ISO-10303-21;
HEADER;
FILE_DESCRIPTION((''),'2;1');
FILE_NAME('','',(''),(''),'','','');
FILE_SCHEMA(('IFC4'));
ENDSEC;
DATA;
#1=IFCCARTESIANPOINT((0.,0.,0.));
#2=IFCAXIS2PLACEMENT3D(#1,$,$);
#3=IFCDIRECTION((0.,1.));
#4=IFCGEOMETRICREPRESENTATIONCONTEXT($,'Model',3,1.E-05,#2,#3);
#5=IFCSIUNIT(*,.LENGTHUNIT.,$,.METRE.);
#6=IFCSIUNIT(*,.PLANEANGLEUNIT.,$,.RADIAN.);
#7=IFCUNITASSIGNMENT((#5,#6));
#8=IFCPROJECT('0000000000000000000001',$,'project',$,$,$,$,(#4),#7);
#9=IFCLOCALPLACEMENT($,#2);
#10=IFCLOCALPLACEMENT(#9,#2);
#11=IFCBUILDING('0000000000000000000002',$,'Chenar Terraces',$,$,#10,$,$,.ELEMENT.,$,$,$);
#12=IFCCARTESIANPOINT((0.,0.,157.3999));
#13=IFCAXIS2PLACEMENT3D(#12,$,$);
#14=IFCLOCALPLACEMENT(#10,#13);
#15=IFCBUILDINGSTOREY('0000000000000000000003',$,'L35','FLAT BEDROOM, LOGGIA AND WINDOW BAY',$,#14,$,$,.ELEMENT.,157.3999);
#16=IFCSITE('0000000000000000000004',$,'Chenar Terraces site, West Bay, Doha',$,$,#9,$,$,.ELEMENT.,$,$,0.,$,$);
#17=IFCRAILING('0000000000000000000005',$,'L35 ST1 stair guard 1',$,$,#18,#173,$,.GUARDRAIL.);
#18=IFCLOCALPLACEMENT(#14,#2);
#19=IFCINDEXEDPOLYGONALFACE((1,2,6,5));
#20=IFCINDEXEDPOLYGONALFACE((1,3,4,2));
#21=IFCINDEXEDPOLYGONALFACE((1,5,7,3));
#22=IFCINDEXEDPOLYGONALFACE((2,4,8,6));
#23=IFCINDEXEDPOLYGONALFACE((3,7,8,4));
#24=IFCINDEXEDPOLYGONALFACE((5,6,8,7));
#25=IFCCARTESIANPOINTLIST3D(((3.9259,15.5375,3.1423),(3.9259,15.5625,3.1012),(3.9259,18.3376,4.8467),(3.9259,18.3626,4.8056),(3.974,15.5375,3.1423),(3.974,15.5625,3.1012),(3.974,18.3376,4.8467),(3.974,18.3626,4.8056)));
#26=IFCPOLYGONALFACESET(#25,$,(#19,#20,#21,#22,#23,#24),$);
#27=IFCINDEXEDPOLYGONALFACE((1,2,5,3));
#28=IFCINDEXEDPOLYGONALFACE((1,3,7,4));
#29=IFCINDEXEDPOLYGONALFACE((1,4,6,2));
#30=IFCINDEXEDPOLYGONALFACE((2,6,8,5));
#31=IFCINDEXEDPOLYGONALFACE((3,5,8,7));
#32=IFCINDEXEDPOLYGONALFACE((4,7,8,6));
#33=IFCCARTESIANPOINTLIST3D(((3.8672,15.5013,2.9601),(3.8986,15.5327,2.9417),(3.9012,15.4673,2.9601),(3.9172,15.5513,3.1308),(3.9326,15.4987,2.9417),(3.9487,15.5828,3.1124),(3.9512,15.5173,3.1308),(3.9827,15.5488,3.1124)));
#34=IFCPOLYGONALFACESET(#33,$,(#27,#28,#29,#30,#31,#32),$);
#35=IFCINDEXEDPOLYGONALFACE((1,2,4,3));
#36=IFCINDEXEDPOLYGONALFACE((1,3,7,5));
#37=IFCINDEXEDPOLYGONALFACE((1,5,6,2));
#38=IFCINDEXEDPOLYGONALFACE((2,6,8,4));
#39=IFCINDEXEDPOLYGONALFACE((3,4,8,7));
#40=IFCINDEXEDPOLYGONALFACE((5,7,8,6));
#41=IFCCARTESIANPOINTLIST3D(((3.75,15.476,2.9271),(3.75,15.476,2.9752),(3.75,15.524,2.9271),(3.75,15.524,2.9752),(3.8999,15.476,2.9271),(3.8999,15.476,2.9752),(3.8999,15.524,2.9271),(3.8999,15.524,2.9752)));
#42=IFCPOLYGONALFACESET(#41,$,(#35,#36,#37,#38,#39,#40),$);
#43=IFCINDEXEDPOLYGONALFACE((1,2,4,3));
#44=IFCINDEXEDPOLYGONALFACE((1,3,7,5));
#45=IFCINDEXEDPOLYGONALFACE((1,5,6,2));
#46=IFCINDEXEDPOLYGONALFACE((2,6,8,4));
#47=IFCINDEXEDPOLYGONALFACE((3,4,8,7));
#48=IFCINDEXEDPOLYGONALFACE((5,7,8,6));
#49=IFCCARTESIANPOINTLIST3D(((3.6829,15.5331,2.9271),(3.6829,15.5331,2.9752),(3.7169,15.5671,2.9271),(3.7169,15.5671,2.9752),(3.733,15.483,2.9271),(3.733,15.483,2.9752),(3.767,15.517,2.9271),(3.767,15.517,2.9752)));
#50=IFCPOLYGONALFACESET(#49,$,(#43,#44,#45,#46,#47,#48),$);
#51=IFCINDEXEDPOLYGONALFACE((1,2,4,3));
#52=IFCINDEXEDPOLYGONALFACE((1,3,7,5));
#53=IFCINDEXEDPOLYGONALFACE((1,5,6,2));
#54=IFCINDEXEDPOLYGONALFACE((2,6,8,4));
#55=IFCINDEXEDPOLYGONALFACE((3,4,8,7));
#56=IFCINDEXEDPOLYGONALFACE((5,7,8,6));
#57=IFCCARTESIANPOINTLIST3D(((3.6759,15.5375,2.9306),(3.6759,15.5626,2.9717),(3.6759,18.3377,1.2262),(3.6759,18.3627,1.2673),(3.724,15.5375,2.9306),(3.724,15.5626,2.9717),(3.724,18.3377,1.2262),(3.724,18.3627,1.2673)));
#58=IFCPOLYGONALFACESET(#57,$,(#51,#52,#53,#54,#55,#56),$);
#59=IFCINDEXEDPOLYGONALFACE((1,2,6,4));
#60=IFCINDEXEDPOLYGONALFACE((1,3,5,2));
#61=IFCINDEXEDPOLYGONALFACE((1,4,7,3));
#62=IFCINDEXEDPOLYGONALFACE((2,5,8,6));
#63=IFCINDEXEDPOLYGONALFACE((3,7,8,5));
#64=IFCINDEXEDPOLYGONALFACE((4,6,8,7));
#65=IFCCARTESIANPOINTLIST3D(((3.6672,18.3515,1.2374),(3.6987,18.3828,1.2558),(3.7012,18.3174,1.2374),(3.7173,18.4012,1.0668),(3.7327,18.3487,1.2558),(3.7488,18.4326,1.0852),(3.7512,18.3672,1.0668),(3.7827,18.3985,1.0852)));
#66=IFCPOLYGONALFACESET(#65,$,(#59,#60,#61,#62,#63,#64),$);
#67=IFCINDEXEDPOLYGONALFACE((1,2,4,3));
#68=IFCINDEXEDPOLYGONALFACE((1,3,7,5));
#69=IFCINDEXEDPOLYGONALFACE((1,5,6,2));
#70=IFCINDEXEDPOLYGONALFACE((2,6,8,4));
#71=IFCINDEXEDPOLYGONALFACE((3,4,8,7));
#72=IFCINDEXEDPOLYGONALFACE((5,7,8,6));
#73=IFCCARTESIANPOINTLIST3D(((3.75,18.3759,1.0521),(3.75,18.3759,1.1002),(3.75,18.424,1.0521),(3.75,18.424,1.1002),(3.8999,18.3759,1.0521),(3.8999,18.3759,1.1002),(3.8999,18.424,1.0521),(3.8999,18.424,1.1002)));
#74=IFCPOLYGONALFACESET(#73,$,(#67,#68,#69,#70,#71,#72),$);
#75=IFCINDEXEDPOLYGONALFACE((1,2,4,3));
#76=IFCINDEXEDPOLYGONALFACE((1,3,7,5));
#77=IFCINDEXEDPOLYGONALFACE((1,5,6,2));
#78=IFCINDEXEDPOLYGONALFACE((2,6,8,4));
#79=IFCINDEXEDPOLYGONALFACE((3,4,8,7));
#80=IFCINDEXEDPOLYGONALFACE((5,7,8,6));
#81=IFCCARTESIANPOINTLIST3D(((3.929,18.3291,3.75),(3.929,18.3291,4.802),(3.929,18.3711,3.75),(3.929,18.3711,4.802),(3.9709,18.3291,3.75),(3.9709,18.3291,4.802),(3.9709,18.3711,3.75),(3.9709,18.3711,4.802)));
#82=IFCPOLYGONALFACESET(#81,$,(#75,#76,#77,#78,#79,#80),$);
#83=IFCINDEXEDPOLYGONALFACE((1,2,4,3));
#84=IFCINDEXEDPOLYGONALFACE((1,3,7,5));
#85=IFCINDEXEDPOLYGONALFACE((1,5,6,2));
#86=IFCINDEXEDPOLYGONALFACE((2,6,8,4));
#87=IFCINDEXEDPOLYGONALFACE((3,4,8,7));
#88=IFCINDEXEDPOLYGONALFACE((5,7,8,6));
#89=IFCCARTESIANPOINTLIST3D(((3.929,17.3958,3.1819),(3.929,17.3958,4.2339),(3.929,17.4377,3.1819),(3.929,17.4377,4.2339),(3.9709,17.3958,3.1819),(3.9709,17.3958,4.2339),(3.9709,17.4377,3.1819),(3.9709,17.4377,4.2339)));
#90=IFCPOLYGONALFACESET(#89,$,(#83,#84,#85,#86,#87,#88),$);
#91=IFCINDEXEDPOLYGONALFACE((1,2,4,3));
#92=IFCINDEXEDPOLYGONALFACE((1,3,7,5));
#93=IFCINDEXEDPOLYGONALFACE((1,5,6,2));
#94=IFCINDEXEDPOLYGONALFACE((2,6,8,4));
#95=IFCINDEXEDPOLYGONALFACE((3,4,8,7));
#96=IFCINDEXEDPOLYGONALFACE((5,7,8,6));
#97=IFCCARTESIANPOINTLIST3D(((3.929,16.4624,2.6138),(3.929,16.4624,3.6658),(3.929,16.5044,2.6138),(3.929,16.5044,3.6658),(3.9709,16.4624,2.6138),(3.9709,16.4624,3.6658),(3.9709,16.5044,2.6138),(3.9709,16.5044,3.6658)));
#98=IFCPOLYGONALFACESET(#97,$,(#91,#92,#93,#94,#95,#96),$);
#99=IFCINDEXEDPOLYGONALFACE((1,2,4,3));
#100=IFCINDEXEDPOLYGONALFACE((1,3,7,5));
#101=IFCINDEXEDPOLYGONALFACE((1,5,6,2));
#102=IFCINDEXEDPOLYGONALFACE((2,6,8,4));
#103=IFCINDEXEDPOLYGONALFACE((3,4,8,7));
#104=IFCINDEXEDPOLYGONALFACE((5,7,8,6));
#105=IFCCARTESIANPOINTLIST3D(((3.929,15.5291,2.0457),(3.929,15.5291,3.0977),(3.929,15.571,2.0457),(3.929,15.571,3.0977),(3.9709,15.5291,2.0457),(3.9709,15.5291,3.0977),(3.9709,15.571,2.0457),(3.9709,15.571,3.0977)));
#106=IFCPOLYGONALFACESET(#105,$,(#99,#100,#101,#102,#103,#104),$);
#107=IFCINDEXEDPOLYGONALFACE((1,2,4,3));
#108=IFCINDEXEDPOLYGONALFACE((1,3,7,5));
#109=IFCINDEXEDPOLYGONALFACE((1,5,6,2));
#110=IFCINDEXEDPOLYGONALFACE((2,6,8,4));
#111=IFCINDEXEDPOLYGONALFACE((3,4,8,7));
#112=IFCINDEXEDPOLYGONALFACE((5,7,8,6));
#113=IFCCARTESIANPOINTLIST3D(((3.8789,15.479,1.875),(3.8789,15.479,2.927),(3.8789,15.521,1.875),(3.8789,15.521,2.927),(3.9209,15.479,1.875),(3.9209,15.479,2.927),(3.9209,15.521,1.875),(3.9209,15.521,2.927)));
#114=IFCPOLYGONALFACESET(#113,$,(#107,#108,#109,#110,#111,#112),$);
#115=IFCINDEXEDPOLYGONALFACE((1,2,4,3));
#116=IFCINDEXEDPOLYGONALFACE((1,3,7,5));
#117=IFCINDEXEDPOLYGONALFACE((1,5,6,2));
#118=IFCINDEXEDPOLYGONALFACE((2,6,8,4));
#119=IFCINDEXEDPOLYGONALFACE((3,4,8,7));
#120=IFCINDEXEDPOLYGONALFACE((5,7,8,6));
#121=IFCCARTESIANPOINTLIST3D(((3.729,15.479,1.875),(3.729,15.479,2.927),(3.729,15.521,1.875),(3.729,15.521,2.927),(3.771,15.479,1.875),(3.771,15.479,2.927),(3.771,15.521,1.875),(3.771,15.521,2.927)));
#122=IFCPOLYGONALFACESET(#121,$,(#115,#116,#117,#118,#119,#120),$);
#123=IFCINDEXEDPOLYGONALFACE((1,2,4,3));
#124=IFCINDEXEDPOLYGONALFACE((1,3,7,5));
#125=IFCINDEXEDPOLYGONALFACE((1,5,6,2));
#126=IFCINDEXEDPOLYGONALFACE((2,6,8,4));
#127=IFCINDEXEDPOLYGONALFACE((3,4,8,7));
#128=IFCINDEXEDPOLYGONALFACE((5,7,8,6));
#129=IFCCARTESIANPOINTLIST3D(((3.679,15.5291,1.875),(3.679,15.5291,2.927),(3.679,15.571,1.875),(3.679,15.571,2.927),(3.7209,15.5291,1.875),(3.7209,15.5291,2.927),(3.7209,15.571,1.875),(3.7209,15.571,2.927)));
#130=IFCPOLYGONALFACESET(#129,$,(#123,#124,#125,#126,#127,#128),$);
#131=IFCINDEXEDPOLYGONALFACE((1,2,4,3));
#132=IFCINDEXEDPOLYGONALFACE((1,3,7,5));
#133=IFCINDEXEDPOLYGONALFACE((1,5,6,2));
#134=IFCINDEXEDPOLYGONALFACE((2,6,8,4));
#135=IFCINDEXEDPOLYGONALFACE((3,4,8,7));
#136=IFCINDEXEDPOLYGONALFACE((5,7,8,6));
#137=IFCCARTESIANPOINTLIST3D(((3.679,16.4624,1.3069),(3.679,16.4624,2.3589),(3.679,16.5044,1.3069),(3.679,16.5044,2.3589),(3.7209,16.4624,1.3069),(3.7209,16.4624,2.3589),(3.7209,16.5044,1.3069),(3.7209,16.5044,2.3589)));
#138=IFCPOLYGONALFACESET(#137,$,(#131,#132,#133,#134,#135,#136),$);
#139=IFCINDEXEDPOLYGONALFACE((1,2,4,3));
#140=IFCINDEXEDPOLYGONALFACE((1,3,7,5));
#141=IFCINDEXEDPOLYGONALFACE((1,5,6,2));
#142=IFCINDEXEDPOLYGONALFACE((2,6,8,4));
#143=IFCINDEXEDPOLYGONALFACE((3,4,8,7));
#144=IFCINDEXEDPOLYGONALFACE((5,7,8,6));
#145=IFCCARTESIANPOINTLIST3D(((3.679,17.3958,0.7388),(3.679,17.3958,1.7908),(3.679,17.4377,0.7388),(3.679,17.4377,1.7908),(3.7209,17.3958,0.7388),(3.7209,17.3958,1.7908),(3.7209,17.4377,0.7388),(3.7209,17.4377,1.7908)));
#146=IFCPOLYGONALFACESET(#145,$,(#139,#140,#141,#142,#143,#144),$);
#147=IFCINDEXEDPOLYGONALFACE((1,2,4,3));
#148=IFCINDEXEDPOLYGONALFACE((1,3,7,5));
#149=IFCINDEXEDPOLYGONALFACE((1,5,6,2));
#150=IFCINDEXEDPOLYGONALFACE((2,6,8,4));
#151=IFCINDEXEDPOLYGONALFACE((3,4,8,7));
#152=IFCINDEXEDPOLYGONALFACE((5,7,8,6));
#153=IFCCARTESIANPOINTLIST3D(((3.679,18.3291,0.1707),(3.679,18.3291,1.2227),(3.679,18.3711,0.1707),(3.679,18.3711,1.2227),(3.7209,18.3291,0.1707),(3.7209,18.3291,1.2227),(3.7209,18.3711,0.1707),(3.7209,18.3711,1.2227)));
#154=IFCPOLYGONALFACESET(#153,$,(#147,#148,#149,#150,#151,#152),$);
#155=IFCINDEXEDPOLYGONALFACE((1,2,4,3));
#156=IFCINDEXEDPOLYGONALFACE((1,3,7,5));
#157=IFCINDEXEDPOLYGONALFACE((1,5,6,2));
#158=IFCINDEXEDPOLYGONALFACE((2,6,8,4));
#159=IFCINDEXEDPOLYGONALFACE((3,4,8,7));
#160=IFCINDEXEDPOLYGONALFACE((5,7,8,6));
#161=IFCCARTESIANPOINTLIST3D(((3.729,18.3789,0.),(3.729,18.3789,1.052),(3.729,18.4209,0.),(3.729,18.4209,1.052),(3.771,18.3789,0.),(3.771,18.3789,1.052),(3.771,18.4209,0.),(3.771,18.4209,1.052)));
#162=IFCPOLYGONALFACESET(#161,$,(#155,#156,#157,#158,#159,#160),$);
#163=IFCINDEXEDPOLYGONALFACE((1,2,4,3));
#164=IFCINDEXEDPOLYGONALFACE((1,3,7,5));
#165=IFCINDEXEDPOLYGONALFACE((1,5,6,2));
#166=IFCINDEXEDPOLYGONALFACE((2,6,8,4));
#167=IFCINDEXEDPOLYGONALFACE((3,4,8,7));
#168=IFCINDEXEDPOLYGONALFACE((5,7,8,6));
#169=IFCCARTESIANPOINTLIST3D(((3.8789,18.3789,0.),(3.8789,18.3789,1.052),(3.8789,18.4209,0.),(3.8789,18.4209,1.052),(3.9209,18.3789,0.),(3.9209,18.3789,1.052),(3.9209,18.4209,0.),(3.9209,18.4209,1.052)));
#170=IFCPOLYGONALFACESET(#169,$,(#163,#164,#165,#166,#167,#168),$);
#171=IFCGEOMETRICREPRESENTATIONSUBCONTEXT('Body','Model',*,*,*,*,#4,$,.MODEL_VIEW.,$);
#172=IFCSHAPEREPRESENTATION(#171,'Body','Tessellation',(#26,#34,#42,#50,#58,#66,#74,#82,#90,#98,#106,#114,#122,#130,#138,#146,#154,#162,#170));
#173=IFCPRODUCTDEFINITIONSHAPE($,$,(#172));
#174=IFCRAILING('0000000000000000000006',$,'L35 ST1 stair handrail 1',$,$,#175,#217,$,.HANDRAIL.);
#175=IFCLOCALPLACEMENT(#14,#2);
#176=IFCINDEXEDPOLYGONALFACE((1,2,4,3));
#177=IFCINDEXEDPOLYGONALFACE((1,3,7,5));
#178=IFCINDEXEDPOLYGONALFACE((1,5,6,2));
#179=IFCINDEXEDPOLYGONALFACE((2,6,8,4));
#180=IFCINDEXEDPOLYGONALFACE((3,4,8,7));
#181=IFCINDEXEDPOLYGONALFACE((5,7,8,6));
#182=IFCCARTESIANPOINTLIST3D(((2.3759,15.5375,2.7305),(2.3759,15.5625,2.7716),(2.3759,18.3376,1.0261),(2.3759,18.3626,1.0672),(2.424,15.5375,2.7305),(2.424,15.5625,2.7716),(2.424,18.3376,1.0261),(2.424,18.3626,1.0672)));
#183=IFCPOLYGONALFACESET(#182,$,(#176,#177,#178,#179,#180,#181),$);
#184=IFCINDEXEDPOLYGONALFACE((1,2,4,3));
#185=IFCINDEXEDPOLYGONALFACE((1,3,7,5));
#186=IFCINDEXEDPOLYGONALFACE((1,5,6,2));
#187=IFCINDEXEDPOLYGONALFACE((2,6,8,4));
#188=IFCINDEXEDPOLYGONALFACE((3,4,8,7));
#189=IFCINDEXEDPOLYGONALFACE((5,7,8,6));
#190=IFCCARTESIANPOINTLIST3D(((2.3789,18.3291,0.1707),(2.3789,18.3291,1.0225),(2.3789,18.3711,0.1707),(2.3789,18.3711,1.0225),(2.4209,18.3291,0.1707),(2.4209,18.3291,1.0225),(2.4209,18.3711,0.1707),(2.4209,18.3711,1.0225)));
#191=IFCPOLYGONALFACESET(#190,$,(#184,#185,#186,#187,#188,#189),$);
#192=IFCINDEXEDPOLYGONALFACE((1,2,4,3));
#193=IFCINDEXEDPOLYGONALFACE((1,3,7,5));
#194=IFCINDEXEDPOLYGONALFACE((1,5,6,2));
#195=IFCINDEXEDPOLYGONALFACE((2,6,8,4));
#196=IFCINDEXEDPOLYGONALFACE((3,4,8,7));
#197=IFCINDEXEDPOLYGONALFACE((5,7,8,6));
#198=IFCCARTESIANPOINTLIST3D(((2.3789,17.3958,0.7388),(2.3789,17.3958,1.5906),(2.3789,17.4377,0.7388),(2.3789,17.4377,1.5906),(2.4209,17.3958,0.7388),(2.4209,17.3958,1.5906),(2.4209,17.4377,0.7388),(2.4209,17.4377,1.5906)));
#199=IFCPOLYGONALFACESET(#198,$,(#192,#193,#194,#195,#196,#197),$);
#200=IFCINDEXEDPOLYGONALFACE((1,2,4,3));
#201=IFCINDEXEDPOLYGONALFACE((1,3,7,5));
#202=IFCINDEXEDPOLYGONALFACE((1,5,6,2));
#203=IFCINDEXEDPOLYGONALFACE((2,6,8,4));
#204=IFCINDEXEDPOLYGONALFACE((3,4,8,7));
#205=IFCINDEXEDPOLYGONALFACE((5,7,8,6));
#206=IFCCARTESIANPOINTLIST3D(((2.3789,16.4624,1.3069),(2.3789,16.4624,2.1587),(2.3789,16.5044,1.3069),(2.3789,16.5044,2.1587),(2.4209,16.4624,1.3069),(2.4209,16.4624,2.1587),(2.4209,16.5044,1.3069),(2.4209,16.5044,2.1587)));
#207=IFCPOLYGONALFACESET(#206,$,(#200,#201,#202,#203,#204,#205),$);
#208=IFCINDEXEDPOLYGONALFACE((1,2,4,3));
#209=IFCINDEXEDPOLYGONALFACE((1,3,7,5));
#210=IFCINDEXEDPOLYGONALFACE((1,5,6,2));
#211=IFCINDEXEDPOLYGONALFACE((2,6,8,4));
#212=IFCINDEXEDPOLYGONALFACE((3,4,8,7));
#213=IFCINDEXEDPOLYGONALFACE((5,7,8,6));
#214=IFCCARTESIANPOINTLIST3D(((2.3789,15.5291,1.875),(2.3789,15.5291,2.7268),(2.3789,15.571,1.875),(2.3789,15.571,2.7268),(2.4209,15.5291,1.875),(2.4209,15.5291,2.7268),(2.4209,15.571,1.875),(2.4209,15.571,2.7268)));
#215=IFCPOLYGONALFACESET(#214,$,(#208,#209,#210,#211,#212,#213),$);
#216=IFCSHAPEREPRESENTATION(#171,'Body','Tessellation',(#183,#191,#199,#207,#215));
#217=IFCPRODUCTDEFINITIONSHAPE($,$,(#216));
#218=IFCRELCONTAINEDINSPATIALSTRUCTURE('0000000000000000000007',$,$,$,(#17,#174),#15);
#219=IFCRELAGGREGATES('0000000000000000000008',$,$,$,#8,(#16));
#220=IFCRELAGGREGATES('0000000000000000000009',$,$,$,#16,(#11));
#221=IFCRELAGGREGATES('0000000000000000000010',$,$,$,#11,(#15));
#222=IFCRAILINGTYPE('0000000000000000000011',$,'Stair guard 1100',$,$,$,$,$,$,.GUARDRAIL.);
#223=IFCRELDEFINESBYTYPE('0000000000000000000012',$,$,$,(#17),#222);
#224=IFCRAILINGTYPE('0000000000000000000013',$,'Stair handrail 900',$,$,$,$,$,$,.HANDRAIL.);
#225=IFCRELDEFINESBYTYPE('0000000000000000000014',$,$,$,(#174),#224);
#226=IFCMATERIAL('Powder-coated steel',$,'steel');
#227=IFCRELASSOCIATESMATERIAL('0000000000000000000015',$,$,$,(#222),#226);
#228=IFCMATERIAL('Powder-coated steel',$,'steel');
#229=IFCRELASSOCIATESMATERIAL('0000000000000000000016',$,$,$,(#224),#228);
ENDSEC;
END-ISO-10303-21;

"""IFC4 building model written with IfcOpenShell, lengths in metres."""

from ifc_helpers import new_model, si_unit, direction, frame, origin, origin_2d, place, context, subcontext, project, spatial, rectangle, extrude, material, type_object, element, save


model = new_model("IFC4")

# Units and contexts
model_context = context("Model", 3, precision=1e-05, world=origin(), true_north=direction((0.0, 1.0)))
body_context = subcontext(model_context, "Body", "Model", "MODEL_VIEW")
ifc_project = project(units=[si_unit("LENGTHUNIT", "METRE"), si_unit("PLANEANGLEUNIT", "RADIAN")], contexts=[model_context])

# Site, building, storey
site_placement = place(None, origin())
site = spatial("IfcSite", under=ifc_project, at=site_placement, Name="Chenar Terraces site, West Bay, Doha", CompositionType="ELEMENT", RefElevation=0.0)
building_placement = place(site_placement, origin())
building = spatial("IfcBuilding", under=site, at=building_placement, Name="Chenar Terraces", CompositionType="ELEMENT")
storey_placement = place(building_placement, frame((0.0, 0.0, 157.3999)))
storey = spatial("IfcBuildingStorey", under=building, at=storey_placement, Name="L35", Description="FLAT BEDROOM, LOGGIA AND WINDOW BAY", CompositionType="ELEMENT", Elevation=157.3999)

# Railings
ifc_material_1 = material(Name="Powder-coated steel", Category="steel")
railing_type_1 = type_object("IfcRailingType", Name="Stair guard 1100", PredefinedType="GUARDRAIL", material=ifc_material_1)
railing_1_placement = place(storey_placement, frame((3.95, 18.3501, 3.75)))
element("IfcRailing", 1, at=railing_1_placement, inside=storey, type_object=railing_type_1, Name="L35 ST1 stair guard 1", PredefinedType="GUARDRAIL", context=body_context, shape_type="SweptSolid", body=[
    extrude(rectangle(XDim=0.0481, YDim=0.0481, at=origin_2d()), frame((0.0, 0.0, 1.0762), z_axis=(0.0, -0.854203, -0.51994), x_axis=(1.0, 0.0, 0.0)), (0.0, 0.0, 1.0), 3.2781),
    extrude(rectangle(XDim=0.0481, YDim=0.0481, at=origin_2d()), frame((0.0, -2.8, -0.6284), z_axis=(-0.2709, -0.2709, -0.923703), x_axis=(0.707107, -0.707107, 0.0)), (0.0, 0.0, 1.0), 0.1848),
    extrude(rectangle(XDim=0.0481, YDim=0.0481, at=origin_2d()), frame((-0.05, -2.8501, -0.7988), z_axis=(-1.0, 0.0, 0.0), x_axis=(0.0, -1.0, 0.0)), (0.0, 0.0, 1.0), 0.1499),
    extrude(rectangle(XDim=0.0481, YDim=0.0481, at=origin_2d()), frame((-0.2, -2.8501, -0.7988), z_axis=(-0.707107, 0.707107, 0.0), x_axis=(-0.707107, -0.707107, 0.0)), (0.0, 0.0, 1.0), 0.0708),
    extrude(rectangle(XDim=0.0481, YDim=0.0481, at=origin_2d()), frame((-0.25, -2.8, -0.7988), z_axis=(0.0, 0.854203, -0.51994), x_axis=(-1.0, 0.0, 0.0)), (0.0, 0.0, 1.0), 3.2781),
    extrude(rectangle(XDim=0.0481, YDim=0.0481, at=origin_2d()), frame((-0.25, 0.0, -2.5034), z_axis=(0.270997, 0.269675, -0.924033), x_axis=(-0.705376, 0.708834, 0.0)), (0.0, 0.0, 1.0), 0.1846),
    extrude(rectangle(XDim=0.0481, YDim=0.0481, at=origin_2d()), frame((-0.2, 0.0498, -2.6738), z_axis=(1.0, 0.0, 0.0), x_axis=(0.0, 1.0, 0.0)), (0.0, 0.0, 1.0), 0.1499),
    extrude(rectangle(XDim=0.042, YDim=0.042, at=origin_2d()), origin(), (0.0, 0.0, 1.0), 1.052),
    extrude(rectangle(XDim=0.042, YDim=0.042, at=origin_2d()), frame((0.0, -0.9333, -0.5681)), (0.0, 0.0, 1.0), 1.052),
    extrude(rectangle(XDim=0.042, YDim=0.042, at=origin_2d()), frame((0.0, -1.8667, -1.1362)), (0.0, 0.0, 1.0), 1.052),
    extrude(rectangle(XDim=0.042, YDim=0.042, at=origin_2d()), frame((0.0, -2.8, -1.7043)), (0.0, 0.0, 1.0), 1.052),
    extrude(rectangle(XDim=0.042, YDim=0.042, at=origin_2d()), frame((-0.05, -2.8501, -1.875)), (0.0, 0.0, 1.0), 1.052),
    extrude(rectangle(XDim=0.042, YDim=0.042, at=origin_2d()), frame((-0.2, -2.8501, -1.875)), (0.0, 0.0, 1.0), 1.052),
    extrude(rectangle(XDim=0.042, YDim=0.042, at=origin_2d()), frame((-0.25, -2.8, -1.875)), (0.0, 0.0, 1.0), 1.052),
    extrude(rectangle(XDim=0.042, YDim=0.042, at=origin_2d()), frame((-0.25, -1.8667, -2.4431)), (0.0, 0.0, 1.0), 1.052),
    extrude(rectangle(XDim=0.042, YDim=0.042, at=origin_2d()), frame((-0.25, -0.9333, -3.0112)), (0.0, 0.0, 1.0), 1.052),
    extrude(rectangle(XDim=0.042, YDim=0.042, at=origin_2d()), frame((-0.25, 0.0, -3.5793)), (0.0, 0.0, 1.0), 1.052),
    extrude(rectangle(XDim=0.042, YDim=0.042, at=origin_2d()), frame((-0.2, 0.0498, -3.75)), (0.0, 0.0, 1.0), 1.052),
    extrude(rectangle(XDim=0.042, YDim=0.042, at=origin_2d()), frame((-0.05, 0.0498, -3.75)), (0.0, 0.0, 1.0), 1.052),
])
ifc_material_2 = material(Name="Powder-coated steel", Category="steel")
railing_type_2 = type_object("IfcRailingType", Name="Stair handrail 900", PredefinedType="HANDRAIL", material=ifc_material_2)
railing_2_placement = place(storey_placement, frame((2.3999, 18.3501, 0.1707)))
element("IfcRailing", 2, at=railing_2_placement, inside=storey, type_object=railing_type_2, Name="L35 ST1 stair handrail 1", PredefinedType="HANDRAIL", context=body_context, shape_type="SweptSolid", body=[
    extrude(rectangle(XDim=0.0481, YDim=0.0481, at=origin_2d()), frame((0.0, 0.0, 0.876), z_axis=(0.0, -0.854203, 0.51994), x_axis=(1.0, 0.0, 0.0)), (0.0, 0.0, 1.0), 3.2781),
    extrude(rectangle(XDim=0.042, YDim=0.042, at=origin_2d()), origin(), (0.0, 0.0, 1.0), 0.8518),
    extrude(rectangle(XDim=0.042, YDim=0.042, at=origin_2d()), frame((0.0, -0.9333, 0.5681)), (0.0, 0.0, 1.0), 0.8518),
    extrude(rectangle(XDim=0.042, YDim=0.042, at=origin_2d()), frame((0.0, -1.8667, 1.1362)), (0.0, 0.0, 1.0), 0.8518),
    extrude(rectangle(XDim=0.042, YDim=0.042, at=origin_2d()), frame((0.0, -2.8, 1.7043)), (0.0, 0.0, 1.0), 0.8518),
])

save(model, "model.ifc")
